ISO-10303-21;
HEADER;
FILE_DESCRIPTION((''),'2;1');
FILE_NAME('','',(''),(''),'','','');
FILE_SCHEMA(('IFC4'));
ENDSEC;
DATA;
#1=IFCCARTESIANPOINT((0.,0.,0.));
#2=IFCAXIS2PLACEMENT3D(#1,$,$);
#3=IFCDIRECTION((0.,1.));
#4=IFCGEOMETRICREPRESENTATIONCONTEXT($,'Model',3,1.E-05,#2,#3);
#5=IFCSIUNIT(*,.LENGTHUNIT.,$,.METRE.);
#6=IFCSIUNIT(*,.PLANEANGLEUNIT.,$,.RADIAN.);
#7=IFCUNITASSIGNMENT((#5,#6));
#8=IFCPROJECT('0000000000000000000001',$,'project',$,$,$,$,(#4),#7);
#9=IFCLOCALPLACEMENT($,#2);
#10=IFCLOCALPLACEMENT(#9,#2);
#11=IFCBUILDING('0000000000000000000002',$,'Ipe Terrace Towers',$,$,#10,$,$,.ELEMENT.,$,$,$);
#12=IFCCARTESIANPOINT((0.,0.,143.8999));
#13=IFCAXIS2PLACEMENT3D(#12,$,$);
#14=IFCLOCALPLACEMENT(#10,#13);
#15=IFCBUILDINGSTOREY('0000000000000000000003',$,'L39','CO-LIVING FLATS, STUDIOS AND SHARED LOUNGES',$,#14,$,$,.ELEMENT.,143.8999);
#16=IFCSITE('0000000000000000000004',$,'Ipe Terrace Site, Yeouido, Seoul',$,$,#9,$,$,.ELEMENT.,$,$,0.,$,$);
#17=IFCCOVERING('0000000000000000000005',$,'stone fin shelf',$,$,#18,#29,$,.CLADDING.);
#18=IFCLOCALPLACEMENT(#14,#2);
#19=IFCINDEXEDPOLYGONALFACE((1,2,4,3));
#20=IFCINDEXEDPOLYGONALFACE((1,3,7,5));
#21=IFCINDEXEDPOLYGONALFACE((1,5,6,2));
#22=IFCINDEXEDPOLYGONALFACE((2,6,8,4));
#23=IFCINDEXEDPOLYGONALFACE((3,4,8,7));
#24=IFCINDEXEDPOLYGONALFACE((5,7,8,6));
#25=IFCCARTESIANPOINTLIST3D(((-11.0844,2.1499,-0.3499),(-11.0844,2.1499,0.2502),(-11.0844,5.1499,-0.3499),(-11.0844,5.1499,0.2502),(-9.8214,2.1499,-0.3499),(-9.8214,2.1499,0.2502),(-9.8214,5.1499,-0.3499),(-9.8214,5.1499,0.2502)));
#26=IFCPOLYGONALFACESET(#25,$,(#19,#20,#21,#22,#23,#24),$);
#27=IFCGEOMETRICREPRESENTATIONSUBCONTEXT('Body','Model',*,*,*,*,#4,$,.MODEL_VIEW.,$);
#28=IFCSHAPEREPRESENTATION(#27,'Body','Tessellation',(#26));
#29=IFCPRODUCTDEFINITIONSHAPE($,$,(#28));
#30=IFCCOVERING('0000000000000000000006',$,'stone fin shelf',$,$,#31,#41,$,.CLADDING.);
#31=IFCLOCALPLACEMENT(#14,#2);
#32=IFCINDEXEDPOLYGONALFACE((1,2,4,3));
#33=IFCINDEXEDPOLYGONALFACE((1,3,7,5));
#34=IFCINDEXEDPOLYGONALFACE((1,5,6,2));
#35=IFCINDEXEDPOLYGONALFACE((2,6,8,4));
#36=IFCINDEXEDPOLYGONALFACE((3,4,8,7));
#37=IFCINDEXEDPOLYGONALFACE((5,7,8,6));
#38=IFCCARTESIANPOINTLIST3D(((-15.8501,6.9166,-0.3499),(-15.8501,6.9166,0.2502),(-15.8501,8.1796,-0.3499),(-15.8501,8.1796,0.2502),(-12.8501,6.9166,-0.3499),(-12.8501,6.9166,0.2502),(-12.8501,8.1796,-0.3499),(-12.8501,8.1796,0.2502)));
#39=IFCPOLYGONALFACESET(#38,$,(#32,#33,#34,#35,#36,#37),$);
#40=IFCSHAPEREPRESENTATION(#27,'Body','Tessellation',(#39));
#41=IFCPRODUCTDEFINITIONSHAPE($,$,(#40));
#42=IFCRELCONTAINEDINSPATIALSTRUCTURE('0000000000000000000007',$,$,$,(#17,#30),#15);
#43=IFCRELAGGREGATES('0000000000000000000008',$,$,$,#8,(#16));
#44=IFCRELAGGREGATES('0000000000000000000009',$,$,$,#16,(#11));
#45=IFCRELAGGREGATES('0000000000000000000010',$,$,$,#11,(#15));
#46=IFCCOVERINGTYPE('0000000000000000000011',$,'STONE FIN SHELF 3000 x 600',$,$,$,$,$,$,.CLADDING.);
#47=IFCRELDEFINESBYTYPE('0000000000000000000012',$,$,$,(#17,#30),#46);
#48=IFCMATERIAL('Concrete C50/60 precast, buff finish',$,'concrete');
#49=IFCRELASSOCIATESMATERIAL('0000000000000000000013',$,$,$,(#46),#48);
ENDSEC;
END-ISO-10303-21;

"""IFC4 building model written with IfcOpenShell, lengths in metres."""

from ifc_helpers import new_model, si_unit, direction, frame, origin, origin_2d, place, context, subcontext, project, spatial, rectangle, extrude, material, type_object, element, save


model = new_model("IFC4")

# Units and contexts
model_context = context("Model", 3, precision=1e-05, world=origin(), true_north=direction((0.0, 1.0)))
body_context = subcontext(model_context, "Body", "Model", "MODEL_VIEW")
ifc_project = project(units=[si_unit("LENGTHUNIT", "METRE"), si_unit("PLANEANGLEUNIT", "RADIAN")], contexts=[model_context])

# Site, building, storey
site_placement = place(None, origin())
site = spatial("IfcSite", under=ifc_project, at=site_placement, Name="Ipe Terrace Site, Yeouido, Seoul", CompositionType="ELEMENT", RefElevation=0.0)
building_placement = place(site_placement, origin())
building = spatial("IfcBuilding", under=site, at=building_placement, Name="Ipe Terrace Towers", CompositionType="ELEMENT")
storey_placement = place(building_placement, frame((0.0, 0.0, 143.8999)))
storey = spatial("IfcBuildingStorey", under=building, at=storey_placement, Name="L39", Description="CO-LIVING FLATS, STUDIOS AND SHARED LOUNGES", CompositionType="ELEMENT", Elevation=143.8999)

# Coverings
ifc_material_1 = material(Name="Concrete C50/60 precast, buff finish", Category="concrete")
covering_type_1 = type_object("IfcCoveringType", Name="STONE FIN SHELF 3000 x 600", PredefinedType="CLADDING", material=ifc_material_1)
for number, where, z_axis, x_axis, name in (
    (1, (-10.4529, 3.6499, -0.3499), (0.0, 0.0, 1.0), (0.0, 1.0, 0.0), "stone fin shelf"),
    (2, (-14.3501, 7.5481, -0.3499), (0.0, 0.0, 1.0), (-1.0, 0.0, 0.0), "stone fin shelf"),
):
    element("IfcCovering", number, at=place(storey_placement, frame(where, z_axis=z_axis, x_axis=x_axis)), inside=storey, type_object=covering_type_1, Name=name, PredefinedType="CLADDING", context=body_context, shape_type="SweptSolid", body=[
        extrude(rectangle(XDim=3.0, YDim=1.2629, at=origin_2d()), origin(), (0.0, 0.0, 1.0), 0.6001),
    ])

save(model, "model.ifc")
